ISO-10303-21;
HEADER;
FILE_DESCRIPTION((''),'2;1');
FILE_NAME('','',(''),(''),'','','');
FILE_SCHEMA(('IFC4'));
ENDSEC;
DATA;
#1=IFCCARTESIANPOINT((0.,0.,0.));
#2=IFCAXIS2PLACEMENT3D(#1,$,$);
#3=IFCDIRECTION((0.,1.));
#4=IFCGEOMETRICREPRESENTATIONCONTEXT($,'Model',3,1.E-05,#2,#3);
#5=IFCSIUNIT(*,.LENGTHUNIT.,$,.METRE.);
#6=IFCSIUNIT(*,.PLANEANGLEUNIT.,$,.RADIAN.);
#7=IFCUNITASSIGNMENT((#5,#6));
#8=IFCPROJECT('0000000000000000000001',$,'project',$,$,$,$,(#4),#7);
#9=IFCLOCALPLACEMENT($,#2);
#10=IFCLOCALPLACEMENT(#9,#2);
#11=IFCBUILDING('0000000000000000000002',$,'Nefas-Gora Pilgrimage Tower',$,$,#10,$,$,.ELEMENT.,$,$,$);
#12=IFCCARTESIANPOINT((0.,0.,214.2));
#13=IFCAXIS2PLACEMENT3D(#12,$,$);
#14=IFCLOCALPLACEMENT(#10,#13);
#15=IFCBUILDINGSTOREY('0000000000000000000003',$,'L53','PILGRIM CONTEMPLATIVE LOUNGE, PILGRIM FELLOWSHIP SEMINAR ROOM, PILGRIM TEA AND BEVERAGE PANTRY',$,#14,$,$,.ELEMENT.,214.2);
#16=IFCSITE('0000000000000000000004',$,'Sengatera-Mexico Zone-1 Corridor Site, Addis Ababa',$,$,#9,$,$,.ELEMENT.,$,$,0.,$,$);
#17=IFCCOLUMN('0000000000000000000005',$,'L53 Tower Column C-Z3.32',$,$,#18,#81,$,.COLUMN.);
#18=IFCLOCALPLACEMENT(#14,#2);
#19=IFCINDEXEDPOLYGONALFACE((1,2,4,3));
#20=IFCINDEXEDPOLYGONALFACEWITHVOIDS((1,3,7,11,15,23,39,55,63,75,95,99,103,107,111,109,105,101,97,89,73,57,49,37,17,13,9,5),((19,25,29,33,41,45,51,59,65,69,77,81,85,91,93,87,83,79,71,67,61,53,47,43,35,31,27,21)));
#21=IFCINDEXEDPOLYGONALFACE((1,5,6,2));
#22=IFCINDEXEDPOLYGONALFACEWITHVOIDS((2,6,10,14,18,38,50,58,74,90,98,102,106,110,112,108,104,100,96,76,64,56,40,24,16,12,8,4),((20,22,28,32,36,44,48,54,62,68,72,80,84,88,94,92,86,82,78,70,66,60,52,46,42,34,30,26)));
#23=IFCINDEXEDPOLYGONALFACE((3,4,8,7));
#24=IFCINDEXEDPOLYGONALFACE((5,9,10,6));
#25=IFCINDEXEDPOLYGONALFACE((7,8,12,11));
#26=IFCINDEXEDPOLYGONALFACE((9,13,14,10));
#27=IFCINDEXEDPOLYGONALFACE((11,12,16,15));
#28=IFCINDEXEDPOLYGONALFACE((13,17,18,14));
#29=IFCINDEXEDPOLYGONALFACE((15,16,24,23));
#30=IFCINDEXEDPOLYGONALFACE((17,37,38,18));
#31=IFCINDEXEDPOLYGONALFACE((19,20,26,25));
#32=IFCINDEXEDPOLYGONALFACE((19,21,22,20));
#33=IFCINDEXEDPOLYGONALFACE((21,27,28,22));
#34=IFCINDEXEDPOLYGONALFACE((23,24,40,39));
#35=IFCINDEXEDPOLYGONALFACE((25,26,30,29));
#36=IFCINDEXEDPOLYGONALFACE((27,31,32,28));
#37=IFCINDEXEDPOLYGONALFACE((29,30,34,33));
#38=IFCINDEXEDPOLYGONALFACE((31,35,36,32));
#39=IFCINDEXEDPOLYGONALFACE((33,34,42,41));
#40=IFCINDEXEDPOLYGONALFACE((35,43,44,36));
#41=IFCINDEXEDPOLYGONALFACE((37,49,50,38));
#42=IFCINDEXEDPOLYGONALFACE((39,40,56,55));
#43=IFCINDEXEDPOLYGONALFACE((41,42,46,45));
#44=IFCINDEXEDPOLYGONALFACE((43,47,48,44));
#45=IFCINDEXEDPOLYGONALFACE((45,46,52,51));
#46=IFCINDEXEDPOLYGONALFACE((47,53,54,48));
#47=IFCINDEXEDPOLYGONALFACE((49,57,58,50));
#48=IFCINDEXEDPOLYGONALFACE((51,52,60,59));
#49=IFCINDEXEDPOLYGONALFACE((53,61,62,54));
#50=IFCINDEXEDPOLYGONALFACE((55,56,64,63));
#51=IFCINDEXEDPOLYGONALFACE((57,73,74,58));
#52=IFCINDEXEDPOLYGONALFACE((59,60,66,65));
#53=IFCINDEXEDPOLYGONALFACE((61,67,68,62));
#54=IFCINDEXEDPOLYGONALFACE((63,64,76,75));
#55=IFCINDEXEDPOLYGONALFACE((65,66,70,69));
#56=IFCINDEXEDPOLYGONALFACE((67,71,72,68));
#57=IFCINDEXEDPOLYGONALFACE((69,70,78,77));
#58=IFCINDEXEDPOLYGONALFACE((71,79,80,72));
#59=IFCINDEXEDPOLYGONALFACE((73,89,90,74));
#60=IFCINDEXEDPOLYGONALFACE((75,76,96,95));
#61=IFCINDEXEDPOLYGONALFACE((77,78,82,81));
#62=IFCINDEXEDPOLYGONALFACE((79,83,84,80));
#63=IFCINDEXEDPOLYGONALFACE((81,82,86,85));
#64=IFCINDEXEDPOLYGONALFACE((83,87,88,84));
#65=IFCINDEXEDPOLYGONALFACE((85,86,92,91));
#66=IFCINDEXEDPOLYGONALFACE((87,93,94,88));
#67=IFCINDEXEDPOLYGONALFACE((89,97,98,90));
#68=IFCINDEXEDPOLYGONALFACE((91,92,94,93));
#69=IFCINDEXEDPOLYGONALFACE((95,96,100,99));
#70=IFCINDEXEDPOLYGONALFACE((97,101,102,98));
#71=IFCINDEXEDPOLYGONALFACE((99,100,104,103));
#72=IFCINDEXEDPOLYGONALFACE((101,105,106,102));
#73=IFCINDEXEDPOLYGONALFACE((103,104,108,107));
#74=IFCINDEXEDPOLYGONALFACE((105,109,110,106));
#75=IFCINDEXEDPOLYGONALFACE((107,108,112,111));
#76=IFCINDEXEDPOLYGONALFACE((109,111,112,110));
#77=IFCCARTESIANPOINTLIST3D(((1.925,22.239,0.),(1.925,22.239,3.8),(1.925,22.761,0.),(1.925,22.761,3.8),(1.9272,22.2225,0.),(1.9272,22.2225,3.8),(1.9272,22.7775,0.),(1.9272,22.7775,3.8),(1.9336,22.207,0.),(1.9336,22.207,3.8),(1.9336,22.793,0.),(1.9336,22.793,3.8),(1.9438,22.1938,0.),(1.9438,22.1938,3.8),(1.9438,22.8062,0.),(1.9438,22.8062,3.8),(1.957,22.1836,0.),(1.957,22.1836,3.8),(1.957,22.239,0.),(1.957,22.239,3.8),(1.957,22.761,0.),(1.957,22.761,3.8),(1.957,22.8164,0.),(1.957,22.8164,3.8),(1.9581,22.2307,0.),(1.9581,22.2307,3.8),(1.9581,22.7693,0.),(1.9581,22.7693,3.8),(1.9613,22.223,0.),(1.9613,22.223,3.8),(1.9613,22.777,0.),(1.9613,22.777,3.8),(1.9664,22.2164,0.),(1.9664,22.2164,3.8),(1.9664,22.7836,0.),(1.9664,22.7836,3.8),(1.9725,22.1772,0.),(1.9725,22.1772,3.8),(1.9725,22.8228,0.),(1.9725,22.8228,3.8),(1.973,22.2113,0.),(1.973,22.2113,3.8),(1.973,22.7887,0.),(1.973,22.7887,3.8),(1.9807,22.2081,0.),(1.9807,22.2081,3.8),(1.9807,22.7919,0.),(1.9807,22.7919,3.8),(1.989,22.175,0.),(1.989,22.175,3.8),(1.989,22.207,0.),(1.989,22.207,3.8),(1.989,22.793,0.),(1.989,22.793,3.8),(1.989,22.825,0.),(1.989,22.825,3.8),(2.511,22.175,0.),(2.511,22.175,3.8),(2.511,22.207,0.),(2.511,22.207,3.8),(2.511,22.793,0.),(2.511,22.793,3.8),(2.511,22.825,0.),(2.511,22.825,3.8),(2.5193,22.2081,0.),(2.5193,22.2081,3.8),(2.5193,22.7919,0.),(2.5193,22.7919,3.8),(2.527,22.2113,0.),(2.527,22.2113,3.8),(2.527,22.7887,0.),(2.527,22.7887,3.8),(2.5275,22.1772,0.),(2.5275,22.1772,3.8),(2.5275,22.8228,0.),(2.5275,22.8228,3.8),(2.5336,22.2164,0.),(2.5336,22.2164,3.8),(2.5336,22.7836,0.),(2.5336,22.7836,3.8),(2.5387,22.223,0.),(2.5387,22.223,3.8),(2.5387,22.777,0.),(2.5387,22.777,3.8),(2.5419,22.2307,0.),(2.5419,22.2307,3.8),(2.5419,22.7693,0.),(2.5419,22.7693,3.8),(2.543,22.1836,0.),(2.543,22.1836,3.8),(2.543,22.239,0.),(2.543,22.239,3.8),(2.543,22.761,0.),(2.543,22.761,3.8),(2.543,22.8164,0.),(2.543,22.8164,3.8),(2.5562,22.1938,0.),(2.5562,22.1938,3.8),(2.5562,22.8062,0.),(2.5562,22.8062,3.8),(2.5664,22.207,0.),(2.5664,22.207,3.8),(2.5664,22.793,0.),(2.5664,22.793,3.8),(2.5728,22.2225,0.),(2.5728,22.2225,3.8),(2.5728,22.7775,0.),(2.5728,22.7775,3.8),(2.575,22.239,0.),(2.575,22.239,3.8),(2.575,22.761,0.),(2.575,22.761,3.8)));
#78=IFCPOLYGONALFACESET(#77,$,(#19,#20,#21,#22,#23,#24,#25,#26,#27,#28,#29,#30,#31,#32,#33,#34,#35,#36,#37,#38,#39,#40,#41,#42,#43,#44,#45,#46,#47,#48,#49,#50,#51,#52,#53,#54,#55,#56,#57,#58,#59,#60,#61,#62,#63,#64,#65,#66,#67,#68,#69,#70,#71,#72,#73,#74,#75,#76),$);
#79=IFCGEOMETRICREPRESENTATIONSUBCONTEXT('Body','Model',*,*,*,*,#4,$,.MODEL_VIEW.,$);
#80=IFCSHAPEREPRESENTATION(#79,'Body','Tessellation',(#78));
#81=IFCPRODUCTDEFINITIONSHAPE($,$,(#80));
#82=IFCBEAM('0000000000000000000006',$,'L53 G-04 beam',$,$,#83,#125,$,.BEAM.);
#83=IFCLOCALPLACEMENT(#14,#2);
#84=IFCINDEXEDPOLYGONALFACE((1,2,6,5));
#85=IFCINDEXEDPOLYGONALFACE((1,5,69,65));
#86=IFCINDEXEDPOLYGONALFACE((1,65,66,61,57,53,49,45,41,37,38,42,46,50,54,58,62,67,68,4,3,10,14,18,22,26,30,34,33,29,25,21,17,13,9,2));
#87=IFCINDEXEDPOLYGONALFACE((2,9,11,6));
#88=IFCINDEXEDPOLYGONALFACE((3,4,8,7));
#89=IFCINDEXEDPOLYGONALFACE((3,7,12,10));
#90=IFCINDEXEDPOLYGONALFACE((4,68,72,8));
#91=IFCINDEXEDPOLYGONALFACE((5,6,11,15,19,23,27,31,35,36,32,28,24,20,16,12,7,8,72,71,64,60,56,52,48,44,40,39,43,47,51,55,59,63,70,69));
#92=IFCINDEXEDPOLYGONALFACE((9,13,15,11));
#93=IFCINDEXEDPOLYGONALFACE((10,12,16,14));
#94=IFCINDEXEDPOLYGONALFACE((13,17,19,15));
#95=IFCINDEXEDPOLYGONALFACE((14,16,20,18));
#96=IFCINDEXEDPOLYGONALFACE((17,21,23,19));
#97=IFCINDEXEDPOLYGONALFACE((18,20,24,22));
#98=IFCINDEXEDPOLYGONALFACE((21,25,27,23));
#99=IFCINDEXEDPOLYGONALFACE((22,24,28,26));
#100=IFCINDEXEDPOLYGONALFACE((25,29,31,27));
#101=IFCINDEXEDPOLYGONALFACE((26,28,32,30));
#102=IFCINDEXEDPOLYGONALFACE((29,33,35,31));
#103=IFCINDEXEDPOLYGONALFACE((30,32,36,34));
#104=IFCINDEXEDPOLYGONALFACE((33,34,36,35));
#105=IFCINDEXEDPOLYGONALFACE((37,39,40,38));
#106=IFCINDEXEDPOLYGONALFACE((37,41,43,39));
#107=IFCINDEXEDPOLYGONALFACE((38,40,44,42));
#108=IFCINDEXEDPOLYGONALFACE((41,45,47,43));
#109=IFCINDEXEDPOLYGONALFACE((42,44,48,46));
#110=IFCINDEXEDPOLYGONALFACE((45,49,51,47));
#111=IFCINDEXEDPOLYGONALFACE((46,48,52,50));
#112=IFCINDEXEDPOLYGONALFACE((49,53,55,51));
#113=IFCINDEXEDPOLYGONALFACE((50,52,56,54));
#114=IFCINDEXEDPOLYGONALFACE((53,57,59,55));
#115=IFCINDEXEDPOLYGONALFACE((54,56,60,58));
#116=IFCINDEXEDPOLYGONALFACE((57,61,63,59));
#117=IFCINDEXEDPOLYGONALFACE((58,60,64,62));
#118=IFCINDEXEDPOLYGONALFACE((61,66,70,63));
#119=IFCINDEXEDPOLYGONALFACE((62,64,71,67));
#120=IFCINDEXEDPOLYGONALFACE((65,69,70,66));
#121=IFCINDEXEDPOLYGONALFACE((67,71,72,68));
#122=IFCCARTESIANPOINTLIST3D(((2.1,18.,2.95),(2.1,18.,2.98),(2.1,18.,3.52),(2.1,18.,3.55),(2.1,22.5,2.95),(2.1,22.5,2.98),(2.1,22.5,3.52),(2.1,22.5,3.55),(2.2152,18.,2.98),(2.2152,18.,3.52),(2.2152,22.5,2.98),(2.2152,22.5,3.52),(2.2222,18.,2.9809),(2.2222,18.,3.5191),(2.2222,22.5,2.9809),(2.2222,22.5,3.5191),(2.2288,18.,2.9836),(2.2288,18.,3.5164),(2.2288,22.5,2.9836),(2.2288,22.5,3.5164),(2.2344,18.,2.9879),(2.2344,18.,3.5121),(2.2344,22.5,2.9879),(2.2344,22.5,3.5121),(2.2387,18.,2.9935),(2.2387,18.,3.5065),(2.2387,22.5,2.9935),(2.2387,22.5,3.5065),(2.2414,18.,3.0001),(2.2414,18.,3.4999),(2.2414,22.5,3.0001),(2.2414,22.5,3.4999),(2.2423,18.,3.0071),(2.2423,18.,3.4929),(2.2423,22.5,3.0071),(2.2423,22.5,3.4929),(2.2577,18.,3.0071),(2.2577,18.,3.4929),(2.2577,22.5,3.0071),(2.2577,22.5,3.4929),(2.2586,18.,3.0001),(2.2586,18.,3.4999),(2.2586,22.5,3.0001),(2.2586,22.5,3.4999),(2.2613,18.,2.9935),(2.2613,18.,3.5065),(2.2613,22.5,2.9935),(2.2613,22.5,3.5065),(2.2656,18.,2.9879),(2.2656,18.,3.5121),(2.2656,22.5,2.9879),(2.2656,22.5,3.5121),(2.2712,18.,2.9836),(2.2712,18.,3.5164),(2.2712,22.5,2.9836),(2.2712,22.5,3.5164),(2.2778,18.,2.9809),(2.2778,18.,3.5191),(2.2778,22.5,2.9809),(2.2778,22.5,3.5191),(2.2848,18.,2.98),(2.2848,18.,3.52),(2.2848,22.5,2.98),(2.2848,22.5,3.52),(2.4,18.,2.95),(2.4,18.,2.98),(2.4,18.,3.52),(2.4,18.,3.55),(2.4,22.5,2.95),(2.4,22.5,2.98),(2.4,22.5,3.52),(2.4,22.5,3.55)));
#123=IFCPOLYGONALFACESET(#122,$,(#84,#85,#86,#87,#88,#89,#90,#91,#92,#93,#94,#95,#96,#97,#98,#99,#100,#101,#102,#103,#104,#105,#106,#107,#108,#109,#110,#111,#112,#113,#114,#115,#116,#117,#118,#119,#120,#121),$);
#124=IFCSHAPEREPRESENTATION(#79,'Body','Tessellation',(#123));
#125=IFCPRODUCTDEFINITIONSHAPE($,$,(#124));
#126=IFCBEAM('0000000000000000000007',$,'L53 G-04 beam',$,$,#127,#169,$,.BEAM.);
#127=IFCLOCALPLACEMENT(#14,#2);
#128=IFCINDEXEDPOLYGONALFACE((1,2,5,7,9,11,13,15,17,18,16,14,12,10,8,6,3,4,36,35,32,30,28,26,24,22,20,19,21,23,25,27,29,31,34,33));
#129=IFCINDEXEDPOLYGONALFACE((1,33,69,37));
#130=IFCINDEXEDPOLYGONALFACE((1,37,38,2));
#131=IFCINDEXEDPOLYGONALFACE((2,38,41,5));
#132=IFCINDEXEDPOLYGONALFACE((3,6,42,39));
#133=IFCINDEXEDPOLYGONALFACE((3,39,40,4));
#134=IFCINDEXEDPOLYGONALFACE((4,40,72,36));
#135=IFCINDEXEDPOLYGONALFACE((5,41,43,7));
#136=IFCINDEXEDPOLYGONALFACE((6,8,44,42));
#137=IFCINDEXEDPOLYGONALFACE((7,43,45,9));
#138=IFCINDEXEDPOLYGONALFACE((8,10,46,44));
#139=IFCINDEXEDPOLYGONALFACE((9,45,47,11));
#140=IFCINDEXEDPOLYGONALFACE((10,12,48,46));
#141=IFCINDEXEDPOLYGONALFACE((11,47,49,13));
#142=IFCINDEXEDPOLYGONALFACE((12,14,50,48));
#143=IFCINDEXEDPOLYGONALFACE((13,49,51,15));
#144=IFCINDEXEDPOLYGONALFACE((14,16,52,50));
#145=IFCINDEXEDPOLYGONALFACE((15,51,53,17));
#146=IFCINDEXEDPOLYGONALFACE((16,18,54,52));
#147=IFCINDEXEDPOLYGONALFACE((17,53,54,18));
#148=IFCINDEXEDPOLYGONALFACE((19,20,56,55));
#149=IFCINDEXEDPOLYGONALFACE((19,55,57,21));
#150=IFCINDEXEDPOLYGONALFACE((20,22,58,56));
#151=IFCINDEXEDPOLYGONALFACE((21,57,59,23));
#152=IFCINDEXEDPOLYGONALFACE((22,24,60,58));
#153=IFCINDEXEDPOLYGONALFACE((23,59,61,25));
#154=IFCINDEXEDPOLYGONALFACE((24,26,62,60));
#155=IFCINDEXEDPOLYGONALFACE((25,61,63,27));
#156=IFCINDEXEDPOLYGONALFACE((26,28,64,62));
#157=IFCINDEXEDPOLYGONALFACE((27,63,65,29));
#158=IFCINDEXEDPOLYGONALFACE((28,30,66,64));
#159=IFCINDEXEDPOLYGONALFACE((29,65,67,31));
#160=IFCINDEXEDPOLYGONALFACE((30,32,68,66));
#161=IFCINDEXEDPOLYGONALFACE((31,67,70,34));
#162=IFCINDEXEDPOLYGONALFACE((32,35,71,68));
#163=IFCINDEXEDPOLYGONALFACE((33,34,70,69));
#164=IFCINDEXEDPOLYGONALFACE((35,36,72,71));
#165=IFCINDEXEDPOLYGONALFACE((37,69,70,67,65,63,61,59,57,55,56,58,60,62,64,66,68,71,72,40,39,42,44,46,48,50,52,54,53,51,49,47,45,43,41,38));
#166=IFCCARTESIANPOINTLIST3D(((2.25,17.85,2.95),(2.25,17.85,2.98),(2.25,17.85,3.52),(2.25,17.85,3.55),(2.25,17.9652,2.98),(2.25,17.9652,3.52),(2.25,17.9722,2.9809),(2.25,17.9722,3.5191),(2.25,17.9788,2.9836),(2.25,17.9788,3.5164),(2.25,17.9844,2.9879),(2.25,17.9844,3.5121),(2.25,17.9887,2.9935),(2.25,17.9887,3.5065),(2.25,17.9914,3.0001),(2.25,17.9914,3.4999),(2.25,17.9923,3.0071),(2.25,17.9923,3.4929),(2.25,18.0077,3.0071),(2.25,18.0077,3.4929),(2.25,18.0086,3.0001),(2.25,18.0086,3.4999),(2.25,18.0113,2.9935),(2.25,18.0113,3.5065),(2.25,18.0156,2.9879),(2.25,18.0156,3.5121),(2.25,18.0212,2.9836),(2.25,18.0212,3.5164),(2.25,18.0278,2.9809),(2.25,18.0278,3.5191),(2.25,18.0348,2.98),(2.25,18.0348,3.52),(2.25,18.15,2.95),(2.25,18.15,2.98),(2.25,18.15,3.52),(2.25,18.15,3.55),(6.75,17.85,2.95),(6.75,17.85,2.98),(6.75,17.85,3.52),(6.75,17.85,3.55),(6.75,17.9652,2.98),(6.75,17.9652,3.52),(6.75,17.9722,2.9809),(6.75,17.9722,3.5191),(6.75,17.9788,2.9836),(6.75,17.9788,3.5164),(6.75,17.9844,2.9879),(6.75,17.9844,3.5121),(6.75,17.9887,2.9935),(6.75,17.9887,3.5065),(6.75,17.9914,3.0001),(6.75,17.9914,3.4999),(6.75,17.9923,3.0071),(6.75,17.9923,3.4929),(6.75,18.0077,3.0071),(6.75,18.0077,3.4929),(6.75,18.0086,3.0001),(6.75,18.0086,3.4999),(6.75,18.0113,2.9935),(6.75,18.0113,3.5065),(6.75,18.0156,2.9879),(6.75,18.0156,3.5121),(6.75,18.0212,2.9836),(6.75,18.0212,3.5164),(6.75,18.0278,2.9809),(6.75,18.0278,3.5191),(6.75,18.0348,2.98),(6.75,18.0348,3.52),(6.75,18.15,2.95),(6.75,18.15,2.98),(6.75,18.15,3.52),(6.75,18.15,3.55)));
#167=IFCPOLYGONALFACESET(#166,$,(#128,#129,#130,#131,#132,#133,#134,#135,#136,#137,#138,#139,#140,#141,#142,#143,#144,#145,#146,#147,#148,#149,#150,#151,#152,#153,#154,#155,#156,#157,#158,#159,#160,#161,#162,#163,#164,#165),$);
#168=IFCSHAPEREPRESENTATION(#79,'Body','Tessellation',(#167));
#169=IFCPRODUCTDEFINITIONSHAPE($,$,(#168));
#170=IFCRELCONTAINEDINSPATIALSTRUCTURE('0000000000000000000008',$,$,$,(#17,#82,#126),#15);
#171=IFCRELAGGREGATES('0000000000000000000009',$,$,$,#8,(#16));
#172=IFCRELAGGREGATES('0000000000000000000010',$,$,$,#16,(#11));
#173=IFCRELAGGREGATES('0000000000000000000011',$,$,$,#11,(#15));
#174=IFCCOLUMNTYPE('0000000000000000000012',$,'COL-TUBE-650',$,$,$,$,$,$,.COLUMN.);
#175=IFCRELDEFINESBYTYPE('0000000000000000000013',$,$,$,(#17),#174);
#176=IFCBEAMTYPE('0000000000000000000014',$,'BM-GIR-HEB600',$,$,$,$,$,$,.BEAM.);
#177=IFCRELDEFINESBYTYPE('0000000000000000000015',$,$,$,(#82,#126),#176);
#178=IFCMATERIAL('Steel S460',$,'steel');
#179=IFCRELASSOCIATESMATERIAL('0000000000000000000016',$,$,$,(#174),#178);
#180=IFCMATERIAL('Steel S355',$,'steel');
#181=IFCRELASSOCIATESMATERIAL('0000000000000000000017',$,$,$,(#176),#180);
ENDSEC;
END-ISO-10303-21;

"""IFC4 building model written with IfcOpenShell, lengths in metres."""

from ifc_helpers import new_model, si_unit, direction, frame, origin, origin_2d, place, context, subcontext, project, spatial, hollow_rectangle, i_section, extrude, source, transform, mapped, material, material_profile, profile_set, type_object, element, save


model = new_model("IFC4")

# Units and contexts
model_context = context("Model", 3, precision=1e-05, world=origin(), true_north=direction((0.0, 1.0)))
body_context = subcontext(model_context, "Body", "Model", "MODEL_VIEW")
ifc_project = project(units=[si_unit("LENGTHUNIT", "METRE"), si_unit("PLANEANGLEUNIT", "RADIAN")], contexts=[model_context])

# Site, building, storey
site_placement = place(None, origin())
site = spatial("IfcSite", under=ifc_project, at=site_placement, Name="Sengatera-Mexico Zone-1 Corridor Site, Addis Ababa", CompositionType="ELEMENT", RefElevation=0.0)
building_placement = place(site_placement, origin())
building = spatial("IfcBuilding", under=site, at=building_placement, Name="Nefas-Gora Pilgrimage Tower", CompositionType="ELEMENT")
storey_placement = place(building_placement, frame((0.0, 0.0, 214.2)))
storey = spatial("IfcBuildingStorey", under=building, at=storey_placement, Name="L53", Description="PILGRIM CONTEMPLATIVE LOUNGE, PILGRIM FELLOWSHIP SEMINAR ROOM, PILGRIM TEA AND BEVERAGE PANTRY", CompositionType="ELEMENT", Elevation=214.2)

# Column
ifc_material_1 = material(Name="Steel S460", Category="steel")
ifc_material_profile_1 = material_profile(ifc_material_1, hollow_rectangle(XDim=0.6499, YDim=0.6499, WallThickness=0.032, InnerFilletRadius=0.032, OuterFilletRadius=0.064, at=origin_2d()), Name="BOX 650x650x32")
ifc_profile_set_1 = profile_set([ifc_material_profile_1], Name="Steel S460")
column_type_1 = type_object("IfcColumnType", Name="COL-TUBE-650", PredefinedType="COLUMN", material=ifc_profile_set_1)
shared_shape_1 = source(origin(), body_context, "Body", "SweptSolid", [
    extrude(hollow_rectangle(XDim=0.6499, YDim=0.6499, WallThickness=0.032, InnerFilletRadius=0.032, OuterFilletRadius=0.064, at=origin_2d()), origin(), (0.0, 0.0, 1.0), 3.8),
])
column_placement = place(storey_placement, frame((2.25, 22.5, 0.0), z_axis=(0.0, 0.0, 1.0), x_axis=(1.0, 0.0, 0.0)))
element("IfcColumn", 1, at=column_placement, inside=storey, type_object=column_type_1, Name="L53 Tower Column C-Z3.32", PredefinedType="COLUMN", context=body_context, shape_type="MappedRepresentation", body=[
    mapped(shared_shape_1, transform((0.0, 0.0, 0.0), x_axis=(1.0, 0.0, 0.0), y_axis=(0.0, 1.0, 0.0), z_axis=(0.0, 0.0, 1.0), scale=1.0)),
])

# Beams
ifc_material_2 = material(Name="Steel S355", Category="steel")
ifc_material_profile_2 = material_profile(ifc_material_2, i_section(OverallWidth=0.3, OverallDepth=0.6001, WebThickness=0.0154, FlangeThickness=0.03, FilletRadius=0.0271, at=origin_2d()), Name="HEB 600")
ifc_profile_set_2 = profile_set([ifc_material_profile_2], Name="Steel S355")
beam_type = type_object("IfcBeamType", Name="BM-GIR-HEB600", PredefinedType="BEAM", material=ifc_profile_set_2)
shared_shape_2 = source(origin(), body_context, "Body", "SweptSolid", [
    extrude(i_section(OverallWidth=0.3, OverallDepth=0.6001, WebThickness=0.0154, FlangeThickness=0.03, FilletRadius=0.0271, at=origin_2d()), origin(), (0.0, 0.0, 1.0), 4.5),
])
for number, where, z_axis, x_axis, name in (
    (2, (2.25, 18.0, 3.25), (0.0, 1.0, 0.0), (-1.0, 0.0, 0.0), "L53 G-04 beam"),
    (3, (2.25, 18.0, 3.25), (1.0, 0.0, 0.0), (0.0, 1.0, 0.0), "L53 G-04 beam"),
):
    element("IfcBeam", number, at=place(storey_placement, frame(where, z_axis=z_axis, x_axis=x_axis)), inside=storey, type_object=beam_type, Name=name, PredefinedType="BEAM", context=body_context, shape_type="MappedRepresentation", body=[
        mapped(shared_shape_2, transform((0.0, 0.0, 0.0), x_axis=(1.0, 0.0, 0.0), y_axis=(0.0, 1.0, 0.0), z_axis=(0.0, 0.0, 1.0), scale=1.0)),
    ])

save(model, "model.ifc")
